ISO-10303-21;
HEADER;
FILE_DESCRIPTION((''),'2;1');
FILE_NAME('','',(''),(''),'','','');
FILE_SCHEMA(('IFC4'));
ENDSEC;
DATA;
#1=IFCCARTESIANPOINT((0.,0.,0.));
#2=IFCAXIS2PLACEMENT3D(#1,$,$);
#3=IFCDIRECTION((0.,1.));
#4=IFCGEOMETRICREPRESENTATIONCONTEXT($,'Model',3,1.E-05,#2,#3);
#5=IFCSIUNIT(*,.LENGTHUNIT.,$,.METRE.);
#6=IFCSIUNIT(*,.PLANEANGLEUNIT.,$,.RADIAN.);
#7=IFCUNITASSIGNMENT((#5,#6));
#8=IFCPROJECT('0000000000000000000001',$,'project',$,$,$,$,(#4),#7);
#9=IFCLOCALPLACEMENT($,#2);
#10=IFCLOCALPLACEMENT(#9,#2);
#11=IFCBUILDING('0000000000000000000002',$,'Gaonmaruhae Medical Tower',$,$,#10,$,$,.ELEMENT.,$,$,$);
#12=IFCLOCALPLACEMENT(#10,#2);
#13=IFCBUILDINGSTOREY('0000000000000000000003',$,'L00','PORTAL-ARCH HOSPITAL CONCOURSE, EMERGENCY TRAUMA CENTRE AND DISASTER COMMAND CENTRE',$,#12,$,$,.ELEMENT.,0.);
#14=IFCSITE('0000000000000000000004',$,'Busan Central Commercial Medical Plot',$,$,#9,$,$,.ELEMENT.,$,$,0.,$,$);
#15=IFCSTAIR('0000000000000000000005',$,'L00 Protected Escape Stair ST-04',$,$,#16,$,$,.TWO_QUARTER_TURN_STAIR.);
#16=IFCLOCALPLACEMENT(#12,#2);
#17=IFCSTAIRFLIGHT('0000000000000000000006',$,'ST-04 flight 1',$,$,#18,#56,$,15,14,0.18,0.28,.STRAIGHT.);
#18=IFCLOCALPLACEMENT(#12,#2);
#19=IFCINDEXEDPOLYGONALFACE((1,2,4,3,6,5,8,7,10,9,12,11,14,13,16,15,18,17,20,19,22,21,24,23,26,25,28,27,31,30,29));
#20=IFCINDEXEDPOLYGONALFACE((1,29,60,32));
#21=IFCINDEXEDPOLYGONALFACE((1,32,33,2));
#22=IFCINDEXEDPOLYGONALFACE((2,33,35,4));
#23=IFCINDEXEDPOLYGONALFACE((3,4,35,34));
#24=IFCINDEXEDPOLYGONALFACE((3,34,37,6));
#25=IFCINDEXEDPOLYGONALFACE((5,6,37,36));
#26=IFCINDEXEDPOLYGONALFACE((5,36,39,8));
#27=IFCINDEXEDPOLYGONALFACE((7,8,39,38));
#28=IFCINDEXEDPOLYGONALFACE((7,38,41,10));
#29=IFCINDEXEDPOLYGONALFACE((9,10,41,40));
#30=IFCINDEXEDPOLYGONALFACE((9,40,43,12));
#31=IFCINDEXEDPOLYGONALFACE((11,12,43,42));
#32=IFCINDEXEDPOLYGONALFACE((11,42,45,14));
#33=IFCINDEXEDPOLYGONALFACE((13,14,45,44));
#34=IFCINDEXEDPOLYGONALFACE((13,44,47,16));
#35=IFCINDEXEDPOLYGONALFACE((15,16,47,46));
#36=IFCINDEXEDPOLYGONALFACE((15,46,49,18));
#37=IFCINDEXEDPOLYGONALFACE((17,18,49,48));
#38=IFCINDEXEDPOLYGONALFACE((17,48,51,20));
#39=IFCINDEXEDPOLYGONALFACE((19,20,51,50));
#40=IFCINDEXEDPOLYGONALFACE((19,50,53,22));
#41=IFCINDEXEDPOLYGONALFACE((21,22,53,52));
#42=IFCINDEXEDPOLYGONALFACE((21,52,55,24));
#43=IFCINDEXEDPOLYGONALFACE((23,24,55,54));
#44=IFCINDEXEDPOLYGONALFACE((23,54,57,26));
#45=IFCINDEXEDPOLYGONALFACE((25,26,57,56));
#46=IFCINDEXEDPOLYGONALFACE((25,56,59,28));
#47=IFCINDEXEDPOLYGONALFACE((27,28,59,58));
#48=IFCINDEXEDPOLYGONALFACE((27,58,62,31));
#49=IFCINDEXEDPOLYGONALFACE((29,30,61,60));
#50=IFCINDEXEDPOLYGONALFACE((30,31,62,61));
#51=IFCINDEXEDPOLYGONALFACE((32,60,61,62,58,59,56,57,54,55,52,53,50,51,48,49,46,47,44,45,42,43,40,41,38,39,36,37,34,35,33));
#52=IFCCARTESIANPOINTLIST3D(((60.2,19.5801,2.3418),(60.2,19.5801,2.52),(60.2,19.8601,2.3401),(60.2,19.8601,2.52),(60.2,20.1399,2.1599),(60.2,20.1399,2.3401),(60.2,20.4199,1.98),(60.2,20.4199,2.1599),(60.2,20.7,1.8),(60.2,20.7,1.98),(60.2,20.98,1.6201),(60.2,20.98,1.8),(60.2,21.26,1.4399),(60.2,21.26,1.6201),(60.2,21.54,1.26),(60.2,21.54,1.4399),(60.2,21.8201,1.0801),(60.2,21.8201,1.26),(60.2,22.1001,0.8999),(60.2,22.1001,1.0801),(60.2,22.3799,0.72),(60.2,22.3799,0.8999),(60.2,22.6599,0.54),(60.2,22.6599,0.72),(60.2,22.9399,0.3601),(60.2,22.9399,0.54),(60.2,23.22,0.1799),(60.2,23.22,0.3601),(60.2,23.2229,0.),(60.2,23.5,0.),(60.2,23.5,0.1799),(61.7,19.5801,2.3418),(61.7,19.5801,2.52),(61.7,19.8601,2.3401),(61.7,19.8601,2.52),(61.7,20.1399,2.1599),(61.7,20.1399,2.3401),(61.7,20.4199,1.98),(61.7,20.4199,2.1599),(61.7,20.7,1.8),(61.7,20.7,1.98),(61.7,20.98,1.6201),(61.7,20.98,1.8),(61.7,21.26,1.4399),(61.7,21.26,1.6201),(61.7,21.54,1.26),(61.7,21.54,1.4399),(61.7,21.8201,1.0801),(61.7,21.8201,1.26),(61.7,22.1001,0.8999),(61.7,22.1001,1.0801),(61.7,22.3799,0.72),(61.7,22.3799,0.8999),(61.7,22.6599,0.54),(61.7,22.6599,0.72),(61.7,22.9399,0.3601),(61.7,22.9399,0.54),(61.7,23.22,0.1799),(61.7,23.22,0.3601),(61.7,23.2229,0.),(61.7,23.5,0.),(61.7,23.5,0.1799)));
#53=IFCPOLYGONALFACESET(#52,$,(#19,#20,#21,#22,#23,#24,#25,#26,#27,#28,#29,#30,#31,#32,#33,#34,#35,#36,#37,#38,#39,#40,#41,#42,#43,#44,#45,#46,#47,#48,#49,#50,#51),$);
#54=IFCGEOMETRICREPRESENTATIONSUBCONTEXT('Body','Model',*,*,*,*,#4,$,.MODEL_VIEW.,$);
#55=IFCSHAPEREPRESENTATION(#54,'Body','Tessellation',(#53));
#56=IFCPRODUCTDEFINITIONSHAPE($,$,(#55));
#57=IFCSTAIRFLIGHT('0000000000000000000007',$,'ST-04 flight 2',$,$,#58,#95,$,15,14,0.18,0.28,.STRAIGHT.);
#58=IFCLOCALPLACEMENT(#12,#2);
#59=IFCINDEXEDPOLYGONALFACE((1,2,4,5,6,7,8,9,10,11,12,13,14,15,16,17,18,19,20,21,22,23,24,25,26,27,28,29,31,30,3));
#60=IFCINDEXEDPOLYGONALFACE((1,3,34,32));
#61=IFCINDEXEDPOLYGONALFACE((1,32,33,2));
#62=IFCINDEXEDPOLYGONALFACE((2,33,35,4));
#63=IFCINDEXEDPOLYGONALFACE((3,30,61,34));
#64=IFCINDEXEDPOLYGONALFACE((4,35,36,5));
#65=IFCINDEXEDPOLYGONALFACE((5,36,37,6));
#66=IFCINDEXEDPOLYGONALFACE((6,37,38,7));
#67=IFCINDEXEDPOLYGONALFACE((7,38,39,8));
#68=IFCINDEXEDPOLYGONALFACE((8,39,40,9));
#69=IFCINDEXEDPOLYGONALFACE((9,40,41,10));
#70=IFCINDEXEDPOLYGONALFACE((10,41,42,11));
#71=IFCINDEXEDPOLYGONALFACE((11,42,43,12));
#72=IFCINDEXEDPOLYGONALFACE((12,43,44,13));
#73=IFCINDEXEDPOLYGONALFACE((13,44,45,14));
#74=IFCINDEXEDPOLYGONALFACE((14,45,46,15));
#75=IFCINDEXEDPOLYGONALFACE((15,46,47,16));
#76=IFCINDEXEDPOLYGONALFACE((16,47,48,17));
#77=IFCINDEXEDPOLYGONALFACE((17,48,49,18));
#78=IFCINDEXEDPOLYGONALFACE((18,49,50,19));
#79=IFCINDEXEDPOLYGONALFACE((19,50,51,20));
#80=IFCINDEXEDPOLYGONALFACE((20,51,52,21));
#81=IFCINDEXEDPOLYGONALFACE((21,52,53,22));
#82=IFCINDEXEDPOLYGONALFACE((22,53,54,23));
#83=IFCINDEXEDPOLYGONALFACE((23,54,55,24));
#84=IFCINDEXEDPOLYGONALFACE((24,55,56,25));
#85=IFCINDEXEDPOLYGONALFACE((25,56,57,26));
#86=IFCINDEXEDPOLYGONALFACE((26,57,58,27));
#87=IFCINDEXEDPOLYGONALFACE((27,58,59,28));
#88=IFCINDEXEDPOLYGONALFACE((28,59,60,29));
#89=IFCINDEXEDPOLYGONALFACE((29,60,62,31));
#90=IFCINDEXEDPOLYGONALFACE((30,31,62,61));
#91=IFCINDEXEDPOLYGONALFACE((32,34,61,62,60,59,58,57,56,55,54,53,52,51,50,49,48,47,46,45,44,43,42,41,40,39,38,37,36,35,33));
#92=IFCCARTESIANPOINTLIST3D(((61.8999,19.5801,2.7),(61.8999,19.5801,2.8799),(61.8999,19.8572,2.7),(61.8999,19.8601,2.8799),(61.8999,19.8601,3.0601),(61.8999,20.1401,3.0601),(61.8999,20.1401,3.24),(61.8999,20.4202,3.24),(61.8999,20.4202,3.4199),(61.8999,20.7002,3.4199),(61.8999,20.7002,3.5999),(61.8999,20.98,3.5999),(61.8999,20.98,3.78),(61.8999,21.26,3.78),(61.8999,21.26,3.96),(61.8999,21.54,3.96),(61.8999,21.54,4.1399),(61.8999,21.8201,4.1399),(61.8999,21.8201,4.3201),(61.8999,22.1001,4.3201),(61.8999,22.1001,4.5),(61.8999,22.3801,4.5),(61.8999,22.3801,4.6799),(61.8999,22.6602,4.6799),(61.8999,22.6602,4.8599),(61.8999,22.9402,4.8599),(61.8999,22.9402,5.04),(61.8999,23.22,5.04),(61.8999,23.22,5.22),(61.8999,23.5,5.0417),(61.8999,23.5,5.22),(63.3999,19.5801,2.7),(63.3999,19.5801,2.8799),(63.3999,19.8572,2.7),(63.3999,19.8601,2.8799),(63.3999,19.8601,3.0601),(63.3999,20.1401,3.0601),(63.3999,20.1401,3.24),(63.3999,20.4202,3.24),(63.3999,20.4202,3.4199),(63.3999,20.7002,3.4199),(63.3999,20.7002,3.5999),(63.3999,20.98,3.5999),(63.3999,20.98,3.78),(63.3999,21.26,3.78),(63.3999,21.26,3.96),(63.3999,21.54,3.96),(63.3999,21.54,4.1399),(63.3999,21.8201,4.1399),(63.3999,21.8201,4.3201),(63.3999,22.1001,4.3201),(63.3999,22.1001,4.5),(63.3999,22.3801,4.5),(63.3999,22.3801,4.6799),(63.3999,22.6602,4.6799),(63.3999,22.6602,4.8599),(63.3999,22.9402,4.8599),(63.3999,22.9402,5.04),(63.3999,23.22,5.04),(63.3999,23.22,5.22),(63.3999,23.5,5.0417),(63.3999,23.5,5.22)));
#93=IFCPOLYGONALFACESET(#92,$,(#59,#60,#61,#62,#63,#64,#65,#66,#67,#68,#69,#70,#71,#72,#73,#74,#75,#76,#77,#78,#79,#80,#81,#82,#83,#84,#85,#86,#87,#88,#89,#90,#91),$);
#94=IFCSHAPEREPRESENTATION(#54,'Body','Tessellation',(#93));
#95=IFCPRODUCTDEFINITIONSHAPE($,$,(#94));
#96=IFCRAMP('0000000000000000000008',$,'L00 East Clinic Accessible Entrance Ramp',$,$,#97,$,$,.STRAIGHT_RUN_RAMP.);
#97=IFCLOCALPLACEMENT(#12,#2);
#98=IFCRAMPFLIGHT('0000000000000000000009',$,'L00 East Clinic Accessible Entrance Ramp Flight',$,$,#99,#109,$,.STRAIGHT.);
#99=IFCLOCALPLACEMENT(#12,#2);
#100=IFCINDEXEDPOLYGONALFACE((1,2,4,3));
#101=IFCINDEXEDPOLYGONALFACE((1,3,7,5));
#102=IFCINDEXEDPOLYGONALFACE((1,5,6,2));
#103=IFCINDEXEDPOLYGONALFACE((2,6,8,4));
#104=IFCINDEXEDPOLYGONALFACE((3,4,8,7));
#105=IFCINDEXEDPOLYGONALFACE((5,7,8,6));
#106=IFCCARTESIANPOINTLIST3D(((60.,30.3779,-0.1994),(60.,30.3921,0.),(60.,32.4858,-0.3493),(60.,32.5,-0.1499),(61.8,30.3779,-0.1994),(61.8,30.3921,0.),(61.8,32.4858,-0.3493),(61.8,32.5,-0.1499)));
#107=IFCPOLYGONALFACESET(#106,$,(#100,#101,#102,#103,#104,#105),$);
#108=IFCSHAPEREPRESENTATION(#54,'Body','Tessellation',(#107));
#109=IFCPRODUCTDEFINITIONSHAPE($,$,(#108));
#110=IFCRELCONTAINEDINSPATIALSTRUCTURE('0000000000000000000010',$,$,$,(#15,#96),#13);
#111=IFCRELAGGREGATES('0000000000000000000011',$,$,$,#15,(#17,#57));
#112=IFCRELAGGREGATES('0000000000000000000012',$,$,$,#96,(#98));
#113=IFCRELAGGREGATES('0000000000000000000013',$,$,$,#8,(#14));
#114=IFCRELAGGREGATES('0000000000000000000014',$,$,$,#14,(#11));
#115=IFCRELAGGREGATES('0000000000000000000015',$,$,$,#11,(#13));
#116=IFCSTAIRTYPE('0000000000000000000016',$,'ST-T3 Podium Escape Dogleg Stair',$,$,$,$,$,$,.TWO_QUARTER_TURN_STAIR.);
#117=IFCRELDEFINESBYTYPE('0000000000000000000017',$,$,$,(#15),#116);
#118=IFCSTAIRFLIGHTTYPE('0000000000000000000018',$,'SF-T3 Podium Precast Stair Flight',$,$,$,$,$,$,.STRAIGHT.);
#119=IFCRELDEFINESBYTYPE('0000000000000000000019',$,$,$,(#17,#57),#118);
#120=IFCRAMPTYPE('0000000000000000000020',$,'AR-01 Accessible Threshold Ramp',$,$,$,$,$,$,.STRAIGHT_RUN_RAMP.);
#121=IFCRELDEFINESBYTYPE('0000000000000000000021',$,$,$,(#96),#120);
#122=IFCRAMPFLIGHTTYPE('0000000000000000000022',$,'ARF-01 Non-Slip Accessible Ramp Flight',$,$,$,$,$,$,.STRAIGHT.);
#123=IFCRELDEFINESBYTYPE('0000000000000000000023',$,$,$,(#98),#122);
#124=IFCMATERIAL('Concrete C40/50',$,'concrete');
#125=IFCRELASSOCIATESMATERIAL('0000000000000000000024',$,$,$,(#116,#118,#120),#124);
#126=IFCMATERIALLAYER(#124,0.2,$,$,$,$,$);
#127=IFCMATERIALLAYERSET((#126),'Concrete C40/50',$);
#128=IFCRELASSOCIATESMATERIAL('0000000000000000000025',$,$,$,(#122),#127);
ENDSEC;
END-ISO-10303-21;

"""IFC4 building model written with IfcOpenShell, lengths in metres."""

from ifc_helpers import new_model, si_unit, direction, frame, origin, place, context, subcontext, project, spatial, polyline, outline, extrude, material, layer, layer_set, type_object, element, aggregate, save


model = new_model("IFC4")

# Units and contexts
model_context = context("Model", 3, precision=1e-05, world=origin(), true_north=direction((0.0, 1.0)))
body_context = subcontext(model_context, "Body", "Model", "MODEL_VIEW")
ifc_project = project(units=[si_unit("LENGTHUNIT", "METRE"), si_unit("PLANEANGLEUNIT", "RADIAN")], contexts=[model_context])

# Site, building, storey
site_placement = place(None, origin())
site = spatial("IfcSite", under=ifc_project, at=site_placement, Name="Busan Central Commercial Medical Plot", CompositionType="ELEMENT", RefElevation=0.0)
building_placement = place(site_placement, origin())
building = spatial("IfcBuilding", under=site, at=building_placement, Name="Gaonmaruhae Medical Tower", CompositionType="ELEMENT")
storey_placement = place(building_placement, origin())
storey = spatial("IfcBuildingStorey", under=building, at=storey_placement, Name="L00", Description="PORTAL-ARCH HOSPITAL CONCOURSE, EMERGENCY TRAUMA CENTRE AND DISASTER COMMAND CENTRE", CompositionType="ELEMENT", Elevation=0.0)

# Shared definitions
ifc_material_1 = material(Name="Concrete C40/50", Category="concrete")

# Stair, stair flights
stair_type = type_object("IfcStairType", Name="ST-T3 Podium Escape Dogleg Stair", PredefinedType="TWO_QUARTER_TURN_STAIR", material=ifc_material_1)
stair_placement = place(storey_placement, origin())
stair = element("IfcStair", 1, at=stair_placement, inside=storey, type_object=stair_type, Name="L00 Protected Escape Stair ST-04", PredefinedType="TWO_QUARTER_TURN_STAIR")
stair_flight_type = type_object("IfcStairFlightType", Name="SF-T3 Podium Precast Stair Flight", PredefinedType="STRAIGHT", material=ifc_material_1)
stair_flight_1_placement = place(storey_placement, frame((60.95, 23.5, 0.0), z_axis=(0.0, 0.0, 1.0), x_axis=(0.0, -1.0, 0.0)))
stair_flight_1 = element("IfcStairFlight", 2, at=stair_flight_1_placement, type_object=stair_flight_type, Name="ST-04 flight 1", NumberOfRisers=15, NumberOfTreads=14, PredefinedType="STRAIGHT", RiserHeight=0.18, TreadLength=0.28, context=body_context, shape_type="SweptSolid", body=[
    extrude(outline(polyline([(0.0, 0.0), (0.0, 0.1799), (0.28, 0.1799), (0.28, 0.3601), (0.5601, 0.3601), (0.5601, 0.54), (0.8401, 0.54), (0.8401, 0.72), (1.1201, 0.72), (1.1201, 0.8999), (1.3999, 0.8999), (1.3999, 1.0801), (1.6799, 1.0801), (1.6799, 1.26), (1.96, 1.26), (1.96, 1.4399), (2.24, 1.4399), (2.24, 1.6201), (2.52, 1.6201), (2.52, 1.8), (2.8, 1.8), (2.8, 1.98), (3.0801, 1.98), (3.0801, 2.1599), (3.3601, 2.1599), (3.3601, 2.3401), (3.6399, 2.3401), (3.6399, 2.52), (3.9199, 2.52), (3.9199, 2.7), (3.9199, 2.3418), (0.2771, 0.0), (0.0, 0.0)])), frame((0.0, 0.75, 0.0), z_axis=(0.0, -1.0, 0.0), x_axis=(1.0, 0.0, 0.0)), (0.0, 0.0, 1.0), 1.5),
])
stair_flight_2_placement = place(storey_placement, frame((62.6499, 19.5801, 2.7), z_axis=(0.0, 0.0, 1.0), x_axis=(0.0, 1.0, 0.0)))
stair_flight_2 = element("IfcStairFlight", 3, at=stair_flight_2_placement, type_object=stair_flight_type, Name="ST-04 flight 2", NumberOfRisers=15, NumberOfTreads=14, PredefinedType="STRAIGHT", RiserHeight=0.18, TreadLength=0.28, context=body_context, shape_type="SweptSolid", body=[
    extrude(outline(polyline([(0.0, 0.0), (0.0, 0.1799), (0.28, 0.1799), (0.28, 0.3601), (0.5601, 0.3601), (0.5601, 0.54), (0.8401, 0.54), (0.8401, 0.72), (1.1201, 0.72), (1.1201, 0.8999), (1.3999, 0.8999), (1.3999, 1.0801), (1.6799, 1.0801), (1.6799, 1.26), (1.96, 1.26), (1.96, 1.4399), (2.24, 1.4399), (2.24, 1.6201), (2.52, 1.6201), (2.52, 1.8), (2.8, 1.8), (2.8, 1.98), (3.0801, 1.98), (3.0801, 2.1599), (3.3601, 2.1599), (3.3601, 2.3401), (3.6399, 2.3401), (3.6399, 2.52), (3.9199, 2.52), (3.9199, 2.7), (3.9199, 2.3418), (0.2771, 0.0), (0.0, 0.0)])), frame((0.0, 0.75, 0.0), z_axis=(0.0, -1.0, 0.0), x_axis=(1.0, 0.0, 0.0)), (0.0, 0.0, 1.0), 1.5),
])
aggregate(stair, [stair_flight_1, stair_flight_2])

# Ramp, ramp flight
ramp_type = type_object("IfcRampType", Name="AR-01 Accessible Threshold Ramp", PredefinedType="STRAIGHT_RUN_RAMP", material=ifc_material_1)
ramp_placement = place(storey_placement, origin())
ramp = element("IfcRamp", 4, at=ramp_placement, inside=storey, type_object=ramp_type, Name="L00 East Clinic Accessible Entrance Ramp", PredefinedType="STRAIGHT_RUN_RAMP")
ifc_layer_1 = layer(ifc_material_1, 0.2)
ifc_layer_set_1 = layer_set([ifc_layer_1], Name="Concrete C40/50")
ramp_flight_type = type_object("IfcRampFlightType", Name="ARF-01 Non-Slip Accessible Ramp Flight", PredefinedType="STRAIGHT", material=ifc_layer_set_1)
ramp_flight_placement = place(storey_placement, frame((60.0, 32.5, -0.1499), z_axis=(0.0, 0.070935, 0.997481), x_axis=(1.0, 0.0, 0.0)))
ramp_flight = element("IfcRampFlight", 5, at=ramp_flight_placement, type_object=ramp_flight_type, Name="L00 East Clinic Accessible Entrance Ramp Flight", PredefinedType="STRAIGHT", context=body_context, shape_type="SweptSolid", body=[
    extrude(outline(polyline([(0.0, 0.0), (1.8, 0.0), (1.8, -2.1132), (0.0, -2.1132), (0.0, 0.0)])), origin(), (0.0, 0.0, -1.0), 0.2),
])
aggregate(ramp, [ramp_flight])

save(model, "model.ifc")
